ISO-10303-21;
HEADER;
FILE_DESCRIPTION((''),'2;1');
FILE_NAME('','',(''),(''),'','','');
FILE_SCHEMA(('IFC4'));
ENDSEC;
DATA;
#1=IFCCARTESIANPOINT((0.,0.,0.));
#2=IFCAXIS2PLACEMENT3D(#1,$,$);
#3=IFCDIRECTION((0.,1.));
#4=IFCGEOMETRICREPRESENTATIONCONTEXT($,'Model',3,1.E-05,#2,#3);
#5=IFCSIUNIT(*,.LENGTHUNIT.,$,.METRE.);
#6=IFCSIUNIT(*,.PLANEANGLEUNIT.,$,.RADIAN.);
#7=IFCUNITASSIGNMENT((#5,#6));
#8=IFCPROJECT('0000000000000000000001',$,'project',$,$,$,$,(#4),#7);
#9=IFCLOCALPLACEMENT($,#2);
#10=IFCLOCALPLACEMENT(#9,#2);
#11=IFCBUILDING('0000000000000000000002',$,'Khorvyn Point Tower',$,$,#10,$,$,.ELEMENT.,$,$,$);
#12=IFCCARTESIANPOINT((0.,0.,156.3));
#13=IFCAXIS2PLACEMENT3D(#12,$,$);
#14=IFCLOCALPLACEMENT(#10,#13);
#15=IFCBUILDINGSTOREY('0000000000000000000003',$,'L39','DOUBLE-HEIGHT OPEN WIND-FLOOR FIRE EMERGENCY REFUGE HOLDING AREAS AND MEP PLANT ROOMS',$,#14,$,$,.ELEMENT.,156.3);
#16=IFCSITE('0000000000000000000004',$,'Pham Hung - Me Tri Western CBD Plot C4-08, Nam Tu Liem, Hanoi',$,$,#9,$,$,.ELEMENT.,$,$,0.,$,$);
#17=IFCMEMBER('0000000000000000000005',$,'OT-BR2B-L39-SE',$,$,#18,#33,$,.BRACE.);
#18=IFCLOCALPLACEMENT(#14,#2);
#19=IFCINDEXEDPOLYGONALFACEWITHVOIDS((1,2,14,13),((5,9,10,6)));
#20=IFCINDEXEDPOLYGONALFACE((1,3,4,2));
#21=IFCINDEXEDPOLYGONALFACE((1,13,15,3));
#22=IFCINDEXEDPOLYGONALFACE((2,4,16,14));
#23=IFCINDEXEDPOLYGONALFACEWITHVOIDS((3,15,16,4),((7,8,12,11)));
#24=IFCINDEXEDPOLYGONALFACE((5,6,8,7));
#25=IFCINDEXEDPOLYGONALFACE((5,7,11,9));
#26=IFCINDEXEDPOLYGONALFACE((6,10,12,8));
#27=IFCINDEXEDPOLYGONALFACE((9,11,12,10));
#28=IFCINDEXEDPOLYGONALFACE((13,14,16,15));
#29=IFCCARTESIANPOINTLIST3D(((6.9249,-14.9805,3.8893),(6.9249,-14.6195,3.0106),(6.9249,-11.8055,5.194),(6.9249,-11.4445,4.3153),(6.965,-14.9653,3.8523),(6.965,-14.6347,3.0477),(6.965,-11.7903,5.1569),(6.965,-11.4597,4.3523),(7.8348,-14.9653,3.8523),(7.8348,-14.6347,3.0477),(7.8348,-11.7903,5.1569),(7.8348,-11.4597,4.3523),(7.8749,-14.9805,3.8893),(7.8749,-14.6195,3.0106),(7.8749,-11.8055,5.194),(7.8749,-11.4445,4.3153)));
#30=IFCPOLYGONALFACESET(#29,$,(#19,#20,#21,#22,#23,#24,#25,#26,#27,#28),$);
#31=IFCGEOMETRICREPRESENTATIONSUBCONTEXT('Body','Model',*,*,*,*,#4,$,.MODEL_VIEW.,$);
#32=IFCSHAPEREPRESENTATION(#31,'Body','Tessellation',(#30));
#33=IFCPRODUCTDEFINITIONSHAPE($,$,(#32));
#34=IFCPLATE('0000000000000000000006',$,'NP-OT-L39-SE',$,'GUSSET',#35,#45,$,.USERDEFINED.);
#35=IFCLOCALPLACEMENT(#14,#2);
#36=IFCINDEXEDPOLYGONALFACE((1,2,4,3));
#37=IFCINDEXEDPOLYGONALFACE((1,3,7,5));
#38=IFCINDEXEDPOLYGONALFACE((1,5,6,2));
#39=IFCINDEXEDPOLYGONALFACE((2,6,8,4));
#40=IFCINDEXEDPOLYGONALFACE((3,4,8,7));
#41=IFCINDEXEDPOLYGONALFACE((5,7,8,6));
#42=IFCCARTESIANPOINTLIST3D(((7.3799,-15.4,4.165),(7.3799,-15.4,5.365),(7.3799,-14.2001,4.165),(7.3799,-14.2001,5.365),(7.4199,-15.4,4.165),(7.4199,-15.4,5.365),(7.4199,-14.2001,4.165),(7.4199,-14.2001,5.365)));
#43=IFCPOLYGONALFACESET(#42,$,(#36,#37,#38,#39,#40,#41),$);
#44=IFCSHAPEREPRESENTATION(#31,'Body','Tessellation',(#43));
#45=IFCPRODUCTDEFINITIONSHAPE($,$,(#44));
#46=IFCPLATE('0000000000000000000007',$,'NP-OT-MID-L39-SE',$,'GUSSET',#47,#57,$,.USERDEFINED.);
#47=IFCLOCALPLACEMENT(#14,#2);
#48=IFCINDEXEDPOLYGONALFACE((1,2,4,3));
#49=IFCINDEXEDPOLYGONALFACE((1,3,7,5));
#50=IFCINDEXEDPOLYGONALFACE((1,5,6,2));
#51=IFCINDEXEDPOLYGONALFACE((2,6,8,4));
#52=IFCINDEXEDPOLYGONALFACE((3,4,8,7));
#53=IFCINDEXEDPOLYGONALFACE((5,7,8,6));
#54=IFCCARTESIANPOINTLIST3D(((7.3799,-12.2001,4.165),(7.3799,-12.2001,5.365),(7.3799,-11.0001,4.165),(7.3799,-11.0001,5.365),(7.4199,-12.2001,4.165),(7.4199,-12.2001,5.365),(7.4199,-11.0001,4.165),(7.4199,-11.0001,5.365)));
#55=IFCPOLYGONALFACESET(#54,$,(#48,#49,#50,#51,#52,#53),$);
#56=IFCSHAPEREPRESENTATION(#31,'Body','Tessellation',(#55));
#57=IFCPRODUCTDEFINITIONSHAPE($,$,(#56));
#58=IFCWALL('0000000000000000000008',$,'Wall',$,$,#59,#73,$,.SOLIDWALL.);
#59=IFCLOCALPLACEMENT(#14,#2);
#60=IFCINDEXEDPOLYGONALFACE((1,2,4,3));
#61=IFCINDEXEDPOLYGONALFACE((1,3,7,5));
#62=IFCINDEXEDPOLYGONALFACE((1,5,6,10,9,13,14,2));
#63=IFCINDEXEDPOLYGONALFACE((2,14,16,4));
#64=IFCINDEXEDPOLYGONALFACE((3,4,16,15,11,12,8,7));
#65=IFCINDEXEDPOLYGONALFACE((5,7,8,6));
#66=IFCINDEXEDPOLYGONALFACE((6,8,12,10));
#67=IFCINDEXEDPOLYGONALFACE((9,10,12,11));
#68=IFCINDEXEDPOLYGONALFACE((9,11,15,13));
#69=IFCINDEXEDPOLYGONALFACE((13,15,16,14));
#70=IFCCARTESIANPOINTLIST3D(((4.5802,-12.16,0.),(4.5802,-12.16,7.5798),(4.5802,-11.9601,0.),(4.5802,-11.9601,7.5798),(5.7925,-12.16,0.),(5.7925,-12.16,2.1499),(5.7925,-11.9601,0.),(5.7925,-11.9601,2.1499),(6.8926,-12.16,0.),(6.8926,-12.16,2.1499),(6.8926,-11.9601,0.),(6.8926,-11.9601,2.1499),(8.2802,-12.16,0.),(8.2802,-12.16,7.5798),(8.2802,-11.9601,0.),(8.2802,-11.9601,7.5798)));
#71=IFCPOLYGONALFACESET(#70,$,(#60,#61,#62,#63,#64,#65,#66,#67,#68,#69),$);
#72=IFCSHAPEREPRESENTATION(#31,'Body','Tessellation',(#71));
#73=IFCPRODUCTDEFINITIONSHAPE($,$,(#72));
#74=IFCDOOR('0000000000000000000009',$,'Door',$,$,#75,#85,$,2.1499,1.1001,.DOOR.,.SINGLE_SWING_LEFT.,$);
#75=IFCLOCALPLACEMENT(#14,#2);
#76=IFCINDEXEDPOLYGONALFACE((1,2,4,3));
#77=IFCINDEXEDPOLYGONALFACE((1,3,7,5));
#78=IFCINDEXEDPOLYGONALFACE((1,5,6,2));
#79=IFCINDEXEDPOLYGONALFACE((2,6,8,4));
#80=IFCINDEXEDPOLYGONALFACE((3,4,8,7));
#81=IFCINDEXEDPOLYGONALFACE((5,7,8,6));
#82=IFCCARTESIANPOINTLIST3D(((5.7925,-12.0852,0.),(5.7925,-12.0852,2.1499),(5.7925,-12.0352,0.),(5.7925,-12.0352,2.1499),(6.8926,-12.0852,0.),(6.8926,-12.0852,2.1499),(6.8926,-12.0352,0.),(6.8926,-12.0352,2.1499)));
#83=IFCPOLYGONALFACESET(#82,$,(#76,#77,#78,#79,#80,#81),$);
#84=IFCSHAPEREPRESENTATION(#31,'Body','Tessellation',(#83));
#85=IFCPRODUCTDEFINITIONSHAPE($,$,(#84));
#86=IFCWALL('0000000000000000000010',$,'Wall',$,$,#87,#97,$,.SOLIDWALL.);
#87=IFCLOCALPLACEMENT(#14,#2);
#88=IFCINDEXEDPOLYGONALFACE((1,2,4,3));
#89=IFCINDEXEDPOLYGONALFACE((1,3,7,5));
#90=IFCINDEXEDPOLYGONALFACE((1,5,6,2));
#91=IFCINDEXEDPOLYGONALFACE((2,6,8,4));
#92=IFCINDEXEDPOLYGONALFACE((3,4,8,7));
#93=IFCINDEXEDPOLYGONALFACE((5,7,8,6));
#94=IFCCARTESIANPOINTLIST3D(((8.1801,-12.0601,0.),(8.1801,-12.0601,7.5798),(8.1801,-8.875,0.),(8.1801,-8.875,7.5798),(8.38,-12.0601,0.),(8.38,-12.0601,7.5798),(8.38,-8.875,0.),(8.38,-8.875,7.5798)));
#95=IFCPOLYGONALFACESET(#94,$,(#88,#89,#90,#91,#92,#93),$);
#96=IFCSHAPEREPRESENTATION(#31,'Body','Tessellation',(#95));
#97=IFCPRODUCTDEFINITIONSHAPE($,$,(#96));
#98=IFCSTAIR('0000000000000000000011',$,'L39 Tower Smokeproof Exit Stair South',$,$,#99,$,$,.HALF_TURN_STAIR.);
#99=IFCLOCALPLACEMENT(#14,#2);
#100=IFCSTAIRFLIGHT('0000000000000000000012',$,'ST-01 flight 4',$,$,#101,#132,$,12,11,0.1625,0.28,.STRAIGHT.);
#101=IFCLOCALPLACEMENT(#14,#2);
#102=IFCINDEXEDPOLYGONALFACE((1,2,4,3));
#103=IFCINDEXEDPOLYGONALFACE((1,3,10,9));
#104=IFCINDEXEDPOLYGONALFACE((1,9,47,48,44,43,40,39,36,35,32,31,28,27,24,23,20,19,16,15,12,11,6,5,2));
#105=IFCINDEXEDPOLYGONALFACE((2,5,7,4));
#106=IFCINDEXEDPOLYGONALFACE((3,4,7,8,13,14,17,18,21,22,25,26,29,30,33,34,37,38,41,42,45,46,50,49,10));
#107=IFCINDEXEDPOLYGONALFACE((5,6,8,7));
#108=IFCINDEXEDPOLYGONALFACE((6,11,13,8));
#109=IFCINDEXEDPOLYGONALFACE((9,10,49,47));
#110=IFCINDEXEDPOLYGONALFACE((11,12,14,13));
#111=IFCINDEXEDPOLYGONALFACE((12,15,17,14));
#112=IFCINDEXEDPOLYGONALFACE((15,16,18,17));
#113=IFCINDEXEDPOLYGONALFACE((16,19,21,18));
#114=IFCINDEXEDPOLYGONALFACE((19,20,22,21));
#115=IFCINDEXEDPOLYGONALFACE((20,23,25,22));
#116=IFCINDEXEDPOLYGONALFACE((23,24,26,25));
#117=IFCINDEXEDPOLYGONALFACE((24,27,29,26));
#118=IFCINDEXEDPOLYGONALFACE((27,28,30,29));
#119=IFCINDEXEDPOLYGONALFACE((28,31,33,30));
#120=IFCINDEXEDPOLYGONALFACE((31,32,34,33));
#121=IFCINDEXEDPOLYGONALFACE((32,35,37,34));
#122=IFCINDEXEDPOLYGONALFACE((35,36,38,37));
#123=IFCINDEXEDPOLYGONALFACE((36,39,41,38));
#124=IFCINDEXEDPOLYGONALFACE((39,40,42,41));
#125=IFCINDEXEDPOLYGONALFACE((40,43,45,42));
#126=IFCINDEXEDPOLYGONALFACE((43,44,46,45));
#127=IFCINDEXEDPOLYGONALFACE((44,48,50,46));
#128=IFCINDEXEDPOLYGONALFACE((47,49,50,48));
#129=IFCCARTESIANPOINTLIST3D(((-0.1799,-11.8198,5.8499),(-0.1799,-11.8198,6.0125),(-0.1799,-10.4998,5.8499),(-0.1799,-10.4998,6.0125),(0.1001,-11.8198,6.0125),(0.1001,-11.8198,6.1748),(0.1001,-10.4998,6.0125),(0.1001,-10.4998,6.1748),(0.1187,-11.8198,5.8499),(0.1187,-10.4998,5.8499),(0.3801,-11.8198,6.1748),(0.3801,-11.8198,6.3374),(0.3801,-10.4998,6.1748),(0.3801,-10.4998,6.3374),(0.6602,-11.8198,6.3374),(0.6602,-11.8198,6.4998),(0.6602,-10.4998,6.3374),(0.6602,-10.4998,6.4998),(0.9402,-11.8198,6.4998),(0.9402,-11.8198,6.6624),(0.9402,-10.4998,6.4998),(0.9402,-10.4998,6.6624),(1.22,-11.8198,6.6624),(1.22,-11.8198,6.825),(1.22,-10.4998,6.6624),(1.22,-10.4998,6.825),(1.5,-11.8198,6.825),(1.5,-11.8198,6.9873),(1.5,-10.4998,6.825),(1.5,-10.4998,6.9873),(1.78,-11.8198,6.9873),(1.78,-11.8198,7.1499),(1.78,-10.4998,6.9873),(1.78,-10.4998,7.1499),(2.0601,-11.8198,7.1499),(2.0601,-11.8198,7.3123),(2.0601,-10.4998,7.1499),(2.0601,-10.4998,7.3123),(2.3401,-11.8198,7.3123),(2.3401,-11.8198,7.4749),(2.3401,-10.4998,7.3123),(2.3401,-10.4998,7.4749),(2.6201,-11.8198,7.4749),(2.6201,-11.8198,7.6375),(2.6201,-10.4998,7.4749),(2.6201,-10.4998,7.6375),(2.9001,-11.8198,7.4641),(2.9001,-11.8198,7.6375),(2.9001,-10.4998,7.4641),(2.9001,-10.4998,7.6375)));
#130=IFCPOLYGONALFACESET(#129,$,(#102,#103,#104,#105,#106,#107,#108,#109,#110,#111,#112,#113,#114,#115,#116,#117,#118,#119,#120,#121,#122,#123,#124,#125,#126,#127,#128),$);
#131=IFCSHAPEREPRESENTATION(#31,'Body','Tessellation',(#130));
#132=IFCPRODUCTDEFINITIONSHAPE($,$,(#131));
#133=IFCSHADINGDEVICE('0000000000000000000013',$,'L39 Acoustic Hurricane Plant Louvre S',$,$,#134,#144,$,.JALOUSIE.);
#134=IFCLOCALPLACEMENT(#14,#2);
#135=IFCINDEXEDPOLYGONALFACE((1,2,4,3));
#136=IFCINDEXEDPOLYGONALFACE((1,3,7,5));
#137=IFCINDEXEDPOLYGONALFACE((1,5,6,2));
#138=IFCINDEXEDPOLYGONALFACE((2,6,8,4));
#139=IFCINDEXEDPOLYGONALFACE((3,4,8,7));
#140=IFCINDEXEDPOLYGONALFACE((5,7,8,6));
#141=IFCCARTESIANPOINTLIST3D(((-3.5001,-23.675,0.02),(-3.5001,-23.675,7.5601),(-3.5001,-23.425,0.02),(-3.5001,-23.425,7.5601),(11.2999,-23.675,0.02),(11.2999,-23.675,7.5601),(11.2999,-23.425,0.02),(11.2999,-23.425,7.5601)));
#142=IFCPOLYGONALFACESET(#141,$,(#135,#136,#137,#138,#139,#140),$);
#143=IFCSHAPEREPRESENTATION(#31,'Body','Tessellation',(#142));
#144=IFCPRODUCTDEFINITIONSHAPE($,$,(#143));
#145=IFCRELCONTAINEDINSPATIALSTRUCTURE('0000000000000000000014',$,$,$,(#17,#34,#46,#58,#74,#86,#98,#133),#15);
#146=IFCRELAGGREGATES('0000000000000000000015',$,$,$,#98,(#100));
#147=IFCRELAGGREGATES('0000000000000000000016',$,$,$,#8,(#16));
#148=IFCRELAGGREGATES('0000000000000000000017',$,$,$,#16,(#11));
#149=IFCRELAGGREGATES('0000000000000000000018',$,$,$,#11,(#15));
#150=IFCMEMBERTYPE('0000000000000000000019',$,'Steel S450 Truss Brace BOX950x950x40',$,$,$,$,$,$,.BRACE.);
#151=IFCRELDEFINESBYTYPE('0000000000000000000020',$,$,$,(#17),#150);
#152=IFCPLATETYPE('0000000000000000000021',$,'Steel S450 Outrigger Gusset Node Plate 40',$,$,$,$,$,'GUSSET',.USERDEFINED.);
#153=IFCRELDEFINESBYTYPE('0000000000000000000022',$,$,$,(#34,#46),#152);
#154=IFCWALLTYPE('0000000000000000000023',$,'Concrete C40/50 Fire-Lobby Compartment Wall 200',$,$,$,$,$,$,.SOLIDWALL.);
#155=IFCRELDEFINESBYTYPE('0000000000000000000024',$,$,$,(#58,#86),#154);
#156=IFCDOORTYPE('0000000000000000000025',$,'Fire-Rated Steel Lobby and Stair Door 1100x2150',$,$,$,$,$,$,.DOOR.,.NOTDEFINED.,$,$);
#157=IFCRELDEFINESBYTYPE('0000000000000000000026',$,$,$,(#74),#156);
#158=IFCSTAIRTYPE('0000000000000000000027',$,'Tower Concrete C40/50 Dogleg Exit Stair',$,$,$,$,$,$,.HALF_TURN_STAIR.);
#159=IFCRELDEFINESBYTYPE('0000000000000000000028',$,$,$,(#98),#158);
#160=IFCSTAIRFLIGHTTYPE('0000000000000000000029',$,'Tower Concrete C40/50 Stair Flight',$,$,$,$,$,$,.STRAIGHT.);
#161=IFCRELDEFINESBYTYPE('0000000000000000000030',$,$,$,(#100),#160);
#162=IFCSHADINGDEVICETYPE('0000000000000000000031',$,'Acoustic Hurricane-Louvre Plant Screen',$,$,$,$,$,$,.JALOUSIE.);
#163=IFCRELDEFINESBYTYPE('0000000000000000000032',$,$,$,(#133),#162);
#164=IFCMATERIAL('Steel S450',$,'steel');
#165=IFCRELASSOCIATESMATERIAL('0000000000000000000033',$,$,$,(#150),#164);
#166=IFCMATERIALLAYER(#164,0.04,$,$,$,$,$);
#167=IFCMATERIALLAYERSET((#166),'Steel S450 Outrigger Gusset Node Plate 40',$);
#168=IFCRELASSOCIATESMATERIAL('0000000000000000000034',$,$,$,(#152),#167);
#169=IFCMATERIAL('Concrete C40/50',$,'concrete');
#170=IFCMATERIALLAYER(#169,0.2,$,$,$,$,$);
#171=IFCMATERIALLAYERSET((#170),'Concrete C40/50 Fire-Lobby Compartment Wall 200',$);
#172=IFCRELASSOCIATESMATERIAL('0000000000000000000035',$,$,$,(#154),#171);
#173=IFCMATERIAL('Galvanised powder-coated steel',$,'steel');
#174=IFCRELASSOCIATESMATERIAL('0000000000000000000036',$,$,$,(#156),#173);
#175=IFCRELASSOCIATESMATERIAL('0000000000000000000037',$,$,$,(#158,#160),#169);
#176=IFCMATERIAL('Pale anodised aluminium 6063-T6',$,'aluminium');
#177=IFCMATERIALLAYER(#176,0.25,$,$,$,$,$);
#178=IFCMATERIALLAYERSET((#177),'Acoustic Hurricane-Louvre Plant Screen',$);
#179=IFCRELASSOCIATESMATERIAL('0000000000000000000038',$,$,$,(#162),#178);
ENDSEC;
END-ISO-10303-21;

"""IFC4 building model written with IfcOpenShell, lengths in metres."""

from ifc_helpers import new_model, si_unit, direction, frame, frame_2d, origin, origin_2d, place, context, subcontext, project, spatial, polyline, rectangle, hollow_rectangle, outline, extrude, material, layer, layer_set, material_profile, profile_set, type_object, element, fill, aggregate, save


model = new_model("IFC4")

# Units and contexts
model_context = context("Model", 3, precision=1e-05, world=origin(), true_north=direction((0.0, 1.0)))
body_context = subcontext(model_context, "Body", "Model", "MODEL_VIEW")
ifc_project = project(units=[si_unit("LENGTHUNIT", "METRE"), si_unit("PLANEANGLEUNIT", "RADIAN")], contexts=[model_context])

# Site, building, storey
site_placement = place(None, origin())
site = spatial("IfcSite", under=ifc_project, at=site_placement, Name="Pham Hung - Me Tri Western CBD Plot C4-08, Nam Tu Liem, Hanoi", CompositionType="ELEMENT", RefElevation=0.0)
building_placement = place(site_placement, origin())
building = spatial("IfcBuilding", under=site, at=building_placement, Name="Khorvyn Point Tower", CompositionType="ELEMENT")
storey_placement = place(building_placement, frame((0.0, 0.0, 156.3)))
storey = spatial("IfcBuildingStorey", under=building, at=storey_placement, Name="L39", Description="DOUBLE-HEIGHT OPEN WIND-FLOOR FIRE EMERGENCY REFUGE HOLDING AREAS AND MEP PLANT ROOMS", CompositionType="ELEMENT", Elevation=156.3)

# Shared definitions
ifc_material_1 = material(Name="Steel S450", Category="steel")

# Member
ifc_material_profile_1 = material_profile(ifc_material_1, hollow_rectangle(XDim=0.95, YDim=0.95, WallThickness=0.04, at=origin_2d()))
ifc_profile_set_1 = profile_set([ifc_material_profile_1], Name="Steel S450 BOX950x950x40")
member_type_1 = type_object("IfcMemberType", Name="Steel S450 Truss Brace BOX950x950x40", PredefinedType="BRACE", material=ifc_profile_set_1)
member_1_placement = place(storey_placement, frame((7.3999, -11.625, 4.7546), z_axis=(0.0, -0.924953, -0.380081), x_axis=(1.0, 0.0, 0.0)))
element("IfcMember", 1, at=member_1_placement, inside=storey, type_object=member_type_1, Name="OT-BR2B-L39-SE", PredefinedType="BRACE", context=body_context, shape_type="SweptSolid", body=[
    extrude(hollow_rectangle(XDim=0.95, YDim=0.95, WallThickness=0.04, at=origin_2d()), origin(), (0.0, 0.0, 1.0), 3.4326),
])

# Plates
ifc_layer_1 = layer(ifc_material_1, 0.04)
ifc_layer_set_1 = layer_set([ifc_layer_1], Name="Steel S450 Outrigger Gusset Node Plate 40")
plate_type = type_object("IfcPlateType", Name="Steel S450 Outrigger Gusset Node Plate 40", ElementType="GUSSET", PredefinedType="USERDEFINED", material=ifc_layer_set_1)
for number, where, z_axis, x_axis, name in (
    (2, (7.3999, -14.8, 4.165), (0.0, 0.0, 1.0), (1.0, 0.0, 0.0), "NP-OT-L39-SE"),
    (3, (7.3999, -11.6001, 4.165), (0.0, 0.0, 1.0), (1.0, 0.0, 0.0), "NP-OT-MID-L39-SE"),
):
    element("IfcPlate", number, at=place(storey_placement, frame(where, z_axis=z_axis, x_axis=x_axis)), inside=storey, type_object=plate_type, Name=name, ObjectType="GUSSET", PredefinedType="USERDEFINED", context=body_context, shape_type="SweptSolid", body=[
        extrude(rectangle(XDim=0.04, YDim=1.2, at=origin_2d()), origin(), (0.0, 0.0, 1.0), 1.2),
    ])

# Wall, opening, door
ifc_material_2 = material(Name="Concrete C40/50", Category="concrete")
ifc_layer_2 = layer(ifc_material_2, 0.2)
ifc_layer_set_2 = layer_set([ifc_layer_2], Name="Concrete C40/50 Fire-Lobby Compartment Wall 200")
wall_type = type_object("IfcWallType", Name="Concrete C40/50 Fire-Lobby Compartment Wall 200", PredefinedType="SOLIDWALL", material=ifc_layer_set_2)
wall_1_placement = place(storey_placement, frame((4.5801, -12.0601, 0.0), z_axis=(0.0, 0.0, 1.0), x_axis=(1.0, 0.0, 0.0)))
wall_1 = element("IfcWall", 4, at=wall_1_placement, inside=storey, type_object=wall_type, Name="Wall", PredefinedType="SOLIDWALL", context=body_context, shape_type="SweptSolid", body=[
    extrude(rectangle(XDim=3.7, YDim=0.2, at=frame_2d((1.8501, 0.0))), origin(), (0.0, 0.0, 1.0), 7.5798),
])
opening_placement = place(wall_1_placement, frame((1.2124, 0.0, 0.0)))
opening = element("IfcOpeningElement", 5, at=opening_placement, cuts=wall_1, PredefinedType="OPENING", context=body_context, shape_type="SweptSolid", body=[
    extrude(rectangle(XDim=1.1001, YDim=2.1499, at=frame_2d((0.55, 1.075))), frame((0.0, 0.1099, 0.0), z_axis=(0.0, -1.0, 0.0), x_axis=(1.0, 0.0, 0.0)), (0.0, 0.0, 1.0), 0.22),
])
ifc_material_3 = material(Name="Galvanised powder-coated steel", Category="steel")
door_type = type_object("IfcDoorType", Name="Fire-Rated Steel Lobby and Stair Door 1100x2150", OperationType="NOTDEFINED", PredefinedType="DOOR", material=ifc_material_3)
door_placement = place(opening_placement, origin())
door = element("IfcDoor", 6, at=door_placement, inside=storey, type_object=door_type, Name="Door", OperationType="SINGLE_SWING_LEFT", OverallHeight=2.1499, OverallWidth=1.1001, PredefinedType="DOOR", context=body_context, shape_type="SweptSolid", body=[
    extrude(rectangle(XDim=1.1001, YDim=2.1499, at=frame_2d((0.55, 1.075))), frame((0.0, 0.0249, 0.0), z_axis=(0.0, -1.0, 0.0), x_axis=(1.0, 0.0, 0.0)), (0.0, 0.0, 1.0), 0.05),
])
fill(opening, door)

# Wall
wall_2_placement = place(storey_placement, frame((8.28, -12.0601, 0.0), z_axis=(0.0, 0.0, 1.0), x_axis=(0.0, 1.0, 0.0)))
element("IfcWall", 7, at=wall_2_placement, inside=storey, type_object=wall_type, Name="Wall", PredefinedType="SOLIDWALL", context=body_context, shape_type="SweptSolid", body=[
    extrude(rectangle(XDim=3.1851, YDim=0.2, at=frame_2d((1.5925, 0.0))), origin(), (0.0, 0.0, 1.0), 7.5798),
])

# Stair, stair flight
stair_type = type_object("IfcStairType", Name="Tower Concrete C40/50 Dogleg Exit Stair", PredefinedType="HALF_TURN_STAIR", material=ifc_material_2)
stair_placement = place(storey_placement, origin())
stair = element("IfcStair", 8, at=stair_placement, inside=storey, type_object=stair_type, Name="L39 Tower Smokeproof Exit Stair South", PredefinedType="HALF_TURN_STAIR")
stair_flight_type = type_object("IfcStairFlightType", Name="Tower Concrete C40/50 Stair Flight", PredefinedType="STRAIGHT", material=ifc_material_2)
stair_flight_placement = place(storey_placement, frame((-0.1799, -11.1599, 5.8499), z_axis=(0.0, 0.0, 1.0), x_axis=(1.0, 0.0, 0.0)))
stair_flight = element("IfcStairFlight", 9, at=stair_flight_placement, type_object=stair_flight_type, Name="ST-01 flight 4", NumberOfRisers=12, NumberOfTreads=11, PredefinedType="STRAIGHT", RiserHeight=0.1625, TreadLength=0.28, context=body_context, shape_type="SweptSolid", body=[
    extrude(outline(polyline([(0.0, 0.0), (0.0, 0.1626), (0.28, 0.1626), (0.28, 0.325), (0.5601, 0.325), (0.5601, 0.4875), (0.8401, 0.4875), (0.8401, 0.6499), (1.1201, 0.6499), (1.1201, 0.8125), (1.3999, 0.8125), (1.3999, 0.9751), (1.6799, 0.9751), (1.6799, 1.1375), (1.96, 1.1375), (1.96, 1.3), (2.24, 1.3), (2.24, 1.4624), (2.52, 1.4624), (2.52, 1.625), (2.8, 1.625), (2.8, 1.7876), (3.0801, 1.7876), (3.0801, 1.95), (3.0801, 1.6143), (0.2986, 0.0), (0.0, 0.0)])), frame((0.0, 0.6602, 0.0), z_axis=(0.0, -1.0, 0.0), x_axis=(1.0, 0.0, 0.0)), (0.0, 0.0, 1.0), 1.3201),
])
aggregate(stair, [stair_flight])

# Shading device
ifc_material_4 = material(Name="Pale anodised aluminium 6063-T6", Category="aluminium")
ifc_layer_3 = layer(ifc_material_4, 0.25)
ifc_layer_set_3 = layer_set([ifc_layer_3], Name="Acoustic Hurricane-Louvre Plant Screen")
shading_device_type = type_object("IfcShadingDeviceType", Name="Acoustic Hurricane-Louvre Plant Screen", PredefinedType="JALOUSIE", material=ifc_layer_set_3)
shading_device_placement = place(storey_placement, frame((3.8999, -23.55, 0.02), z_axis=(0.0, 0.0, 1.0), x_axis=(1.0, 0.0, 0.0)))
element("IfcShadingDevice", 10, at=shading_device_placement, inside=storey, type_object=shading_device_type, Name="L39 Acoustic Hurricane Plant Louvre S", PredefinedType="JALOUSIE", context=body_context, shape_type="SweptSolid", body=[
    extrude(rectangle(XDim=14.8, YDim=0.25, at=origin_2d()), origin(), (0.0, 0.0, 1.0), 7.54),
])

save(model, "model.ifc")
